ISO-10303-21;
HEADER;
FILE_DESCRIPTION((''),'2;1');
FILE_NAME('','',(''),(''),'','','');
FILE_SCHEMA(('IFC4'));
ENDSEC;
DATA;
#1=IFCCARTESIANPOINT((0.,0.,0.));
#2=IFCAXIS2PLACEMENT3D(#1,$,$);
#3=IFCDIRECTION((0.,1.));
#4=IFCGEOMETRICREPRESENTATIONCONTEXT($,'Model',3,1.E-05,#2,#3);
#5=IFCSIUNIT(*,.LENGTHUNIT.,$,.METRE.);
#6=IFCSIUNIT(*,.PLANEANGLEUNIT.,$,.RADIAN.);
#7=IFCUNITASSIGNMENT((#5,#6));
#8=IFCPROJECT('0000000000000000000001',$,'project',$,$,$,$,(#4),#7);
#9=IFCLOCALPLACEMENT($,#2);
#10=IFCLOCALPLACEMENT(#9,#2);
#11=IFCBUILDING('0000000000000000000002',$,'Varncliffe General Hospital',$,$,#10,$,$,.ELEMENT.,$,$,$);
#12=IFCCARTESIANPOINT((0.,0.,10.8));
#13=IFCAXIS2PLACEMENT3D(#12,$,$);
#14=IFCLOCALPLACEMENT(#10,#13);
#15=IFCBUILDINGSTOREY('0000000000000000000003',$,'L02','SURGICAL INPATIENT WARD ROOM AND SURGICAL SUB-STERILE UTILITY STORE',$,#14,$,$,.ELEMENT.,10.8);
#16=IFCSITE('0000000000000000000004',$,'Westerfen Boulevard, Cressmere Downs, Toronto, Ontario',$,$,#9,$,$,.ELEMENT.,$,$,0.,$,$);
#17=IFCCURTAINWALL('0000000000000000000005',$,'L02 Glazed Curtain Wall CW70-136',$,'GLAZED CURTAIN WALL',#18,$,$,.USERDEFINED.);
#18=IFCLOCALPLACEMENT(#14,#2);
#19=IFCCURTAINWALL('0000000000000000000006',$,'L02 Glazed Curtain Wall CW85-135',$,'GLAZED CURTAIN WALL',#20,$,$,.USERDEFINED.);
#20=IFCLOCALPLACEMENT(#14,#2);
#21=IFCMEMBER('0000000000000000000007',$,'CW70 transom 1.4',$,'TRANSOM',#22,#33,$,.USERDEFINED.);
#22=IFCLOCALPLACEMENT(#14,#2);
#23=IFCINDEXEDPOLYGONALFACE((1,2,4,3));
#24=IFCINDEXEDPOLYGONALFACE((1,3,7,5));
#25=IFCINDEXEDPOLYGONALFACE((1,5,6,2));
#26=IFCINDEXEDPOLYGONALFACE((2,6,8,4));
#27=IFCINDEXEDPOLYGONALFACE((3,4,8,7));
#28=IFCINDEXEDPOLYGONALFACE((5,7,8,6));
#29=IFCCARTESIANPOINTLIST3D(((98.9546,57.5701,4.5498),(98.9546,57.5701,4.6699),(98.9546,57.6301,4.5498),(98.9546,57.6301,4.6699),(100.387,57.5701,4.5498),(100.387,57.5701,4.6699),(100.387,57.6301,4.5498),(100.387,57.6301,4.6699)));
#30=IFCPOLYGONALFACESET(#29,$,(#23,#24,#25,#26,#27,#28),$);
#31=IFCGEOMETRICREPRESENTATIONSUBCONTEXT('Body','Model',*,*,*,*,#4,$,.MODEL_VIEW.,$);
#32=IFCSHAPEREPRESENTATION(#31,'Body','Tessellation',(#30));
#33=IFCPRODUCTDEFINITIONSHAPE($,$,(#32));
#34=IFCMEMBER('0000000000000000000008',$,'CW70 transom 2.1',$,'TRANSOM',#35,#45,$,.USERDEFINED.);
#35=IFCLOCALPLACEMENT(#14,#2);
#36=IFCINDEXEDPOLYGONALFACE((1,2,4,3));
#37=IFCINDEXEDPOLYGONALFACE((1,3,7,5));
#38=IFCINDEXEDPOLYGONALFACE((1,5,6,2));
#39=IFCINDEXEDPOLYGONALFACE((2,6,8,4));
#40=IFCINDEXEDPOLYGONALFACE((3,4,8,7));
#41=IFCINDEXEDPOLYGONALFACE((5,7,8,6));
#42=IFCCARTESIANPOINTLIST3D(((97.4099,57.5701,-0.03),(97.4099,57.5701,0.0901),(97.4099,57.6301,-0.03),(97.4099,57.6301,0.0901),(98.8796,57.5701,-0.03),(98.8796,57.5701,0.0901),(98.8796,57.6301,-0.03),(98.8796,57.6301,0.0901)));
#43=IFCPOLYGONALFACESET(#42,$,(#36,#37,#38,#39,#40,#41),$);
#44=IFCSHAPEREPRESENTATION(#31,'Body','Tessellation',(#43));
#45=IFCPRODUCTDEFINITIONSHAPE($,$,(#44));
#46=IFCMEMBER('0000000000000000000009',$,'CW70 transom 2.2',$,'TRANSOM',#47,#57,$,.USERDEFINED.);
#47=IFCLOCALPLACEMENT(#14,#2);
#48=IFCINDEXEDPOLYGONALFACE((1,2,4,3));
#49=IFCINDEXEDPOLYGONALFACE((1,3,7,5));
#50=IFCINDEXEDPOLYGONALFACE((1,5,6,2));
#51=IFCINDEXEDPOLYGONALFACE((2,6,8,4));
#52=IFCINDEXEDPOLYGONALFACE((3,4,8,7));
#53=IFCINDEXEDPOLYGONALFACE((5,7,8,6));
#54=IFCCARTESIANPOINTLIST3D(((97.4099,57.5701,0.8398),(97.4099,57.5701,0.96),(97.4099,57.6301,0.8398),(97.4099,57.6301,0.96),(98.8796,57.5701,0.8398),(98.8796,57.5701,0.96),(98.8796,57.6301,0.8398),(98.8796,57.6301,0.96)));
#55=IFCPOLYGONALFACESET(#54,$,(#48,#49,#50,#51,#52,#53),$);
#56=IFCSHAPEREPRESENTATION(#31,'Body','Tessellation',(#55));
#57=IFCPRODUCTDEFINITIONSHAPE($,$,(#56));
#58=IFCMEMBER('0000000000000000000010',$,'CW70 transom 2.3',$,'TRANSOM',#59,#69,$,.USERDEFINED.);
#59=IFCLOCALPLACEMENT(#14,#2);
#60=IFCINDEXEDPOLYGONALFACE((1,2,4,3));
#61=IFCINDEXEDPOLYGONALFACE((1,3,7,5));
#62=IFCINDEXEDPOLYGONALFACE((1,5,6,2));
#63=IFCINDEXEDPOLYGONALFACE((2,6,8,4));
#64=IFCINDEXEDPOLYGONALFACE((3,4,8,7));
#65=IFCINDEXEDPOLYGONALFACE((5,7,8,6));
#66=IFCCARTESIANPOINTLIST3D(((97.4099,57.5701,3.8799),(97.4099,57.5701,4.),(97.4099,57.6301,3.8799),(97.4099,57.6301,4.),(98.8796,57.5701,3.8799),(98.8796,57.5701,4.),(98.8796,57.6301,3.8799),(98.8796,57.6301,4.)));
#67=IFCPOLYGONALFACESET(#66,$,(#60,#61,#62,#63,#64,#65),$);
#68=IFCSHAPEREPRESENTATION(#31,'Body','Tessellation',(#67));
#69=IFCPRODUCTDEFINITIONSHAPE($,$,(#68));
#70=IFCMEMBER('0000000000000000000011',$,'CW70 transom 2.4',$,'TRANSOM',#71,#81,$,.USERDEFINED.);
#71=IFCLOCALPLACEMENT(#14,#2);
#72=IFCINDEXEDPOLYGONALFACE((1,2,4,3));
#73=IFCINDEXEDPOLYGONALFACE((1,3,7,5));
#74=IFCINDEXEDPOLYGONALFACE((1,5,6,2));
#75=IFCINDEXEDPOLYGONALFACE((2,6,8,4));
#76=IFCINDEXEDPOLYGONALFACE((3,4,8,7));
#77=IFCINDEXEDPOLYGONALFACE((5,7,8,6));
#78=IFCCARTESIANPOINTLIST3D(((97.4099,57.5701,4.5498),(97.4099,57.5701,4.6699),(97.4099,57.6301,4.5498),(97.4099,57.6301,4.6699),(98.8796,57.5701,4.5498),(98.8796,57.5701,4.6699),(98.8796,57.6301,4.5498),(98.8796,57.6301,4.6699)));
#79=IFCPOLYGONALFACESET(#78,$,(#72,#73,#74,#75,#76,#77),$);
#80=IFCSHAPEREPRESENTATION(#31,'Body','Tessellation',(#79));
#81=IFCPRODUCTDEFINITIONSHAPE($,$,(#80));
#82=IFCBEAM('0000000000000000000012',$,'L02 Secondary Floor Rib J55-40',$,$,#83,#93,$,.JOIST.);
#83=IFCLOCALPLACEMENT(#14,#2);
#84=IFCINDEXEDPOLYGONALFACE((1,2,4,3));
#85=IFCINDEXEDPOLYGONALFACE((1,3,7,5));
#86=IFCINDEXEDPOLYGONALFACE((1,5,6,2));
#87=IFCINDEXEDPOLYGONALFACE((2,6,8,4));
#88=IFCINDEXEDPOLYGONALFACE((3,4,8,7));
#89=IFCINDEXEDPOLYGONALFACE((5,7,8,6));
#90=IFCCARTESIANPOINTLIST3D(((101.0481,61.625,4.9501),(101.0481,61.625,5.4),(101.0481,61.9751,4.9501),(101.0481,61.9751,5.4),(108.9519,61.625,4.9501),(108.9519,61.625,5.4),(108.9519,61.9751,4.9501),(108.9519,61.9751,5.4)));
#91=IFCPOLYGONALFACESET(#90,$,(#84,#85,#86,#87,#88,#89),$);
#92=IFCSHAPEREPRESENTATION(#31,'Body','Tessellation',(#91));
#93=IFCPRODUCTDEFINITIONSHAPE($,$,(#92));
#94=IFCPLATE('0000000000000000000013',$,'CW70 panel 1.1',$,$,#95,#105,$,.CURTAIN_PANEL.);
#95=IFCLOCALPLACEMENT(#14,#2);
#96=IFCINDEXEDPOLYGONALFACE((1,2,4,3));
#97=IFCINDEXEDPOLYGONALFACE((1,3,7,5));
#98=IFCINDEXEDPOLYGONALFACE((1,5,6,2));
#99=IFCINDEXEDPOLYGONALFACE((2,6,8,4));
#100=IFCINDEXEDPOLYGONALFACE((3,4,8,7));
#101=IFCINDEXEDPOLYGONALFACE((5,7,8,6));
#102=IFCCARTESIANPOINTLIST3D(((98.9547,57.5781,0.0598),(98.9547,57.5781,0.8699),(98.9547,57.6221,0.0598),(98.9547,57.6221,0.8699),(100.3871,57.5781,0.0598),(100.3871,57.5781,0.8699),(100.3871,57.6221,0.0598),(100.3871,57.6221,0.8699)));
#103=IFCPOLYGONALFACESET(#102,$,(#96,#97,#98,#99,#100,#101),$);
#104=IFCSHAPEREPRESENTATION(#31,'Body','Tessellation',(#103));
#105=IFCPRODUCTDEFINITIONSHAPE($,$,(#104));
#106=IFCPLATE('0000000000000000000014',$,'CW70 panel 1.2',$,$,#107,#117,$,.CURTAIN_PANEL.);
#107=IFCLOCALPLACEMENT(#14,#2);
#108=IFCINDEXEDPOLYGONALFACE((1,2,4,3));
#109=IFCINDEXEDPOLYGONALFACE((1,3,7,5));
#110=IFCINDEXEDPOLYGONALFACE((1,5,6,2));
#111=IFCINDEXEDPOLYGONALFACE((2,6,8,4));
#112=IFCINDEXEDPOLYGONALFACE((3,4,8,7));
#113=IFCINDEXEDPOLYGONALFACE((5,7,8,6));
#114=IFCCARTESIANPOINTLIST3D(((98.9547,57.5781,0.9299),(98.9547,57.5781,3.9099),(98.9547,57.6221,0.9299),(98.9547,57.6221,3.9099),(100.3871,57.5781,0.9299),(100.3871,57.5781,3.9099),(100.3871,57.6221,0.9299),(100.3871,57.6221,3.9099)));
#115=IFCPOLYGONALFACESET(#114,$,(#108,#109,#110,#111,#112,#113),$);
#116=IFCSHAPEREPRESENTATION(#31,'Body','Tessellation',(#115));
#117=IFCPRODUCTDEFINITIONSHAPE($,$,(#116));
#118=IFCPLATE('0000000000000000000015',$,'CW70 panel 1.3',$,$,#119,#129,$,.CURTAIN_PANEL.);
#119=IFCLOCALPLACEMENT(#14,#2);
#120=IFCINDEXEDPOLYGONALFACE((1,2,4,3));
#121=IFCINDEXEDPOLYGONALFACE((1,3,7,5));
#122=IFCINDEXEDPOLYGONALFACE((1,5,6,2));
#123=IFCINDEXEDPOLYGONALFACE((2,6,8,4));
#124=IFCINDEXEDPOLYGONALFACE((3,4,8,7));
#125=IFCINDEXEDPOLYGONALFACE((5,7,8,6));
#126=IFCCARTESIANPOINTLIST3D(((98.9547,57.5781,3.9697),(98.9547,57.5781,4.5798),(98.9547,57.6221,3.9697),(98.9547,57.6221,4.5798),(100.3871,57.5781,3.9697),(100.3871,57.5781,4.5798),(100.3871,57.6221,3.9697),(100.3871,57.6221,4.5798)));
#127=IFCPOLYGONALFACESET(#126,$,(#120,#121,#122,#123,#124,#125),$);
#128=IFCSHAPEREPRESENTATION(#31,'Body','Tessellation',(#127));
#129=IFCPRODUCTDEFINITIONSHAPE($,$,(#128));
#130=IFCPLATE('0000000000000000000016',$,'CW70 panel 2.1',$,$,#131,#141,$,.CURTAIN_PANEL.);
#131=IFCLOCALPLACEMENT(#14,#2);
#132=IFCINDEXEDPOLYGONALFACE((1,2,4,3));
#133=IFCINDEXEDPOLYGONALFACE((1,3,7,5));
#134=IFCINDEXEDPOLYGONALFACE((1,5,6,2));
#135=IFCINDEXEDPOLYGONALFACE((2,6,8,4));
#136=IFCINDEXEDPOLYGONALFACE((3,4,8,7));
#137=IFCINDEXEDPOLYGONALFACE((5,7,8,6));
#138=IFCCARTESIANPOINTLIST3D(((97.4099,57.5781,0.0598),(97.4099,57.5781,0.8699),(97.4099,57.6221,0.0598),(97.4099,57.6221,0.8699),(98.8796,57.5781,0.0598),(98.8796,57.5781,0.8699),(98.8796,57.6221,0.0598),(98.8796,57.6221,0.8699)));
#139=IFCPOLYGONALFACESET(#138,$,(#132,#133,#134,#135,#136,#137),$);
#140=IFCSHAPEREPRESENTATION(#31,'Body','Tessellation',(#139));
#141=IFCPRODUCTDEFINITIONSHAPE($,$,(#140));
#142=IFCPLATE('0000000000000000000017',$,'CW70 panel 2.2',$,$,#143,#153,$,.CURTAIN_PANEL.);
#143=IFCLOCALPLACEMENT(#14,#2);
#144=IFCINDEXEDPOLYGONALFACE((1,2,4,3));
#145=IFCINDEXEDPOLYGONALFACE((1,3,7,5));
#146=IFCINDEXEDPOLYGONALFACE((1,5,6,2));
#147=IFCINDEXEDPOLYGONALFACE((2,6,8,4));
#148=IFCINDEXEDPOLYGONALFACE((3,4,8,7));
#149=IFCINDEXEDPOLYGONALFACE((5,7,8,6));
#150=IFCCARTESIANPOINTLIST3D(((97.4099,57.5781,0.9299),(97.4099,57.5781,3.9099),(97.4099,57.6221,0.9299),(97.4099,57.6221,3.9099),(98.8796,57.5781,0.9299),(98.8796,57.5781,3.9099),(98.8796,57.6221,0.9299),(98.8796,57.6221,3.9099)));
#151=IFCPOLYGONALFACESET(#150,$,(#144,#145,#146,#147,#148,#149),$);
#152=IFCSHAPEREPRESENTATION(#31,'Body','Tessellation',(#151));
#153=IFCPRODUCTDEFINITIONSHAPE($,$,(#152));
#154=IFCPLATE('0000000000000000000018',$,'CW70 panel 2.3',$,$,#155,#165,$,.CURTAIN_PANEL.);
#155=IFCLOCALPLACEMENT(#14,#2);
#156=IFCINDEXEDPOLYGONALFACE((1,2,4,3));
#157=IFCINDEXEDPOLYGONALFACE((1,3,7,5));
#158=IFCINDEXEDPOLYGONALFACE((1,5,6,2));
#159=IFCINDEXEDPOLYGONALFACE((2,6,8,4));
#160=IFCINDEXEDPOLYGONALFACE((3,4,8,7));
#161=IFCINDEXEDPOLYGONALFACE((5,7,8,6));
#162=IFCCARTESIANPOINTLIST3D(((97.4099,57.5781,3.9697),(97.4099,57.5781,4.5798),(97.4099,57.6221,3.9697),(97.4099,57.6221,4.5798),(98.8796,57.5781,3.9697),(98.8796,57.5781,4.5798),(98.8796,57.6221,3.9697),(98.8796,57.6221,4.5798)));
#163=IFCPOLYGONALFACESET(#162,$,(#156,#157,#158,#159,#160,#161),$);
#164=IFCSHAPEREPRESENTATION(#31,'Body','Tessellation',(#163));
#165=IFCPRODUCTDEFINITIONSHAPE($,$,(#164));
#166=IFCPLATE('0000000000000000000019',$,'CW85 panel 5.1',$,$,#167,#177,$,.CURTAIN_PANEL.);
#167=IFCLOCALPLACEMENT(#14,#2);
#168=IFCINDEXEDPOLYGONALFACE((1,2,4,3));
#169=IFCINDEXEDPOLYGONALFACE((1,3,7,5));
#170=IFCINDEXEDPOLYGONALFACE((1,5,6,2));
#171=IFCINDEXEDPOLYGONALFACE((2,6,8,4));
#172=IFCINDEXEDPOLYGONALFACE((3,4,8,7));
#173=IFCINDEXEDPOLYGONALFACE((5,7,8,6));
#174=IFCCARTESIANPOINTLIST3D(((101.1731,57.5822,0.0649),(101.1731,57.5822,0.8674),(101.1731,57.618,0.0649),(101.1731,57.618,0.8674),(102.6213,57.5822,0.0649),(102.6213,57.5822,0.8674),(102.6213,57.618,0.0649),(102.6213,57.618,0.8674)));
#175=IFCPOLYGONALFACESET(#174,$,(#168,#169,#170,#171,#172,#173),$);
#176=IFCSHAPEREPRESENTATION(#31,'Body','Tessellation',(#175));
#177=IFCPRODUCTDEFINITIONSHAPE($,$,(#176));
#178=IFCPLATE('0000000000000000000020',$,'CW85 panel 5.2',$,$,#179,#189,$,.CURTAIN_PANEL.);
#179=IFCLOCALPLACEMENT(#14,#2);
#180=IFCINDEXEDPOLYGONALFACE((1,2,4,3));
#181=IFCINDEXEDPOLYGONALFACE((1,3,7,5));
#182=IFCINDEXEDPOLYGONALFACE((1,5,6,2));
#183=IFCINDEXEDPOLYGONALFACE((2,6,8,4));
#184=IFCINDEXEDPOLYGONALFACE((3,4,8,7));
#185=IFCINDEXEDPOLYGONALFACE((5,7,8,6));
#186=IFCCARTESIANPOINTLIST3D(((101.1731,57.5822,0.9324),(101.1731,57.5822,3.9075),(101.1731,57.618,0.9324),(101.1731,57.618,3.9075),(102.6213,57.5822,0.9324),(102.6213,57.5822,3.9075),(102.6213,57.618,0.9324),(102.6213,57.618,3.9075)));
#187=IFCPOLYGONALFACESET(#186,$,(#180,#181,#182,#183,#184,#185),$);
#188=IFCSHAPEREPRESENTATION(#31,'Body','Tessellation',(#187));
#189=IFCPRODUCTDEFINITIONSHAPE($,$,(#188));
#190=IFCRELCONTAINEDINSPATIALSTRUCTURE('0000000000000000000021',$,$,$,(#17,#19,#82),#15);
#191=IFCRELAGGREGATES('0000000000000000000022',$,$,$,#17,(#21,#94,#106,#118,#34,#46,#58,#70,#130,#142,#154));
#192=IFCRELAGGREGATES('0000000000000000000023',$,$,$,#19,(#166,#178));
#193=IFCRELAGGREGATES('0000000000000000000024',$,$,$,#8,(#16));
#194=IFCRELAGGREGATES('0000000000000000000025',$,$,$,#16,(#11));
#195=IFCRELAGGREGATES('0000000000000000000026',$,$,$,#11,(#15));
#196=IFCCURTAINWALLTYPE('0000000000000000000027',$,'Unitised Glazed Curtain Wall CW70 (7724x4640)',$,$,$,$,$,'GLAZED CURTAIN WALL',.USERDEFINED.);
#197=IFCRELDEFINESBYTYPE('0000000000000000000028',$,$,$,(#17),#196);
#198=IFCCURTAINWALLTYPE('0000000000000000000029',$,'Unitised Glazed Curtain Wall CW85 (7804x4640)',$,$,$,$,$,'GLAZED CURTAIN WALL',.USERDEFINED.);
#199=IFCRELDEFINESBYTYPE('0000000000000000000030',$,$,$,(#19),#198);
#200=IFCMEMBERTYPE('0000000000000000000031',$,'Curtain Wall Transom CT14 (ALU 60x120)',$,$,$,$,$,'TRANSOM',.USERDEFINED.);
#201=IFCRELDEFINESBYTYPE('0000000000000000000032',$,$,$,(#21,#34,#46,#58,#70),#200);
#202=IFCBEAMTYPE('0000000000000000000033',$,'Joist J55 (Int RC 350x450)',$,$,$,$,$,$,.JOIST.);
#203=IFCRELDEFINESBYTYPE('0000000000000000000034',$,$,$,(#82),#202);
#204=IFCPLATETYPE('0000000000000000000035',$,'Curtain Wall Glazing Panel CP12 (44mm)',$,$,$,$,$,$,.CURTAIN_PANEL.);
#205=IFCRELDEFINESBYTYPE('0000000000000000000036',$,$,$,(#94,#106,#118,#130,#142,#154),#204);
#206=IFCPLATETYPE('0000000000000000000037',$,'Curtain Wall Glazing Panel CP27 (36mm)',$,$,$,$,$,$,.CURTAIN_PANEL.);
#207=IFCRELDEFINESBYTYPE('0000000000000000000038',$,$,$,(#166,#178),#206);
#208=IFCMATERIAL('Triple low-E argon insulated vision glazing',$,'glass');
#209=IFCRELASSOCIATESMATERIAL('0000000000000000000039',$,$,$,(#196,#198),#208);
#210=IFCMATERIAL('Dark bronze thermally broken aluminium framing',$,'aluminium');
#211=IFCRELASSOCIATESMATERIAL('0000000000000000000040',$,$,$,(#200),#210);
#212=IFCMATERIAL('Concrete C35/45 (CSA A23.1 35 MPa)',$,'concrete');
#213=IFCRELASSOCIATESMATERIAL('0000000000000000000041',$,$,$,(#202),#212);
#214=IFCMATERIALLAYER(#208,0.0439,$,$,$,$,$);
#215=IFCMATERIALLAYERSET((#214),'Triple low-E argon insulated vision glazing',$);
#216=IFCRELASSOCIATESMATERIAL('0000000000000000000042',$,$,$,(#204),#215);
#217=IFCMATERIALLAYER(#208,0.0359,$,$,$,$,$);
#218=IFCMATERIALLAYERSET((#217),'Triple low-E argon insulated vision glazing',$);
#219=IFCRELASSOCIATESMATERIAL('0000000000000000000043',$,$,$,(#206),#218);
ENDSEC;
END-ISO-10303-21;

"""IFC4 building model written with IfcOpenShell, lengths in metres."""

from ifc_helpers import new_model, si_unit, direction, frame, origin, origin_2d, place, context, subcontext, project, spatial, rectangle, extrude, material, layer, layer_set, material_profile, profile_set, type_object, element, aggregate, save


model = new_model("IFC4")

# Units and contexts
model_context = context("Model", 3, precision=1e-05, world=origin(), true_north=direction((0.0, 1.0)))
body_context = subcontext(model_context, "Body", "Model", "MODEL_VIEW")
ifc_project = project(units=[si_unit("LENGTHUNIT", "METRE"), si_unit("PLANEANGLEUNIT", "RADIAN")], contexts=[model_context])

# Site, building, storey
site_placement = place(None, origin())
site = spatial("IfcSite", under=ifc_project, at=site_placement, Name="Westerfen Boulevard, Cressmere Downs, Toronto, Ontario", CompositionType="ELEMENT", RefElevation=0.0)
building_placement = place(site_placement, origin())
building = spatial("IfcBuilding", under=site, at=building_placement, Name="Varncliffe General Hospital", CompositionType="ELEMENT")
storey_placement = place(building_placement, frame((0.0, 0.0, 10.8)))
storey = spatial("IfcBuildingStorey", under=building, at=storey_placement, Name="L02", Description="SURGICAL INPATIENT WARD ROOM AND SURGICAL SUB-STERILE UTILITY STORE", CompositionType="ELEMENT", Elevation=10.8)

# Shared definitions
ifc_material_1 = material(Name="Concrete C35/45 (CSA A23.1 35 MPa)", Category="concrete")

# Curtain wall
ifc_material_2 = material(Name="Triple low-E argon insulated vision glazing", Category="glass")
curtain_wall_type_1 = type_object("IfcCurtainWallType", Name="Unitised Glazed Curtain Wall CW70 (7724x4640)", ElementType="GLAZED CURTAIN WALL", PredefinedType="USERDEFINED", material=ifc_material_2)
curtain_wall_1_placement = place(storey_placement, origin())
curtain_wall_1 = element("IfcCurtainWall", 1, at=curtain_wall_1_placement, inside=storey, type_object=curtain_wall_type_1, Name="L02 Glazed Curtain Wall CW70-136", ObjectType="GLAZED CURTAIN WALL", PredefinedType="USERDEFINED")
ifc_material_3 = material(Name="Dark bronze thermally broken aluminium framing", Category="aluminium")

# Curtain wall
curtain_wall_type_2 = type_object("IfcCurtainWallType", Name="Unitised Glazed Curtain Wall CW85 (7804x4640)", ElementType="GLAZED CURTAIN WALL", PredefinedType="USERDEFINED", material=ifc_material_2)
curtain_wall_2_placement = place(storey_placement, origin())
curtain_wall_2 = element("IfcCurtainWall", 2, at=curtain_wall_2_placement, inside=storey, type_object=curtain_wall_type_2, Name="L02 Glazed Curtain Wall CW85-135", ObjectType="GLAZED CURTAIN WALL", PredefinedType="USERDEFINED")

# Members
ifc_material_profile_1 = material_profile(ifc_material_3, rectangle(XDim=0.0601, YDim=0.1201, at=origin_2d()), Name="ALU 60x120")
ifc_profile_set_1 = profile_set([ifc_material_profile_1], Name="Dark bronze thermally broken aluminium framing")
member_type_1 = type_object("IfcMemberType", Name="Curtain Wall Transom CT14 (ALU 60x120)", ElementType="TRANSOM", PredefinedType="USERDEFINED", material=ifc_profile_set_1)
member_1_placement = place(storey_placement, frame((100.387, 57.6001, 4.6099), z_axis=(-1.0, 0.0, 0.0), x_axis=(0.0, -1.0, 0.0)))
member_1 = element("IfcMember", 3, at=member_1_placement, type_object=member_type_1, Name="CW70 transom 1.4", ObjectType="TRANSOM", PredefinedType="USERDEFINED", context=body_context, shape_type="SweptSolid", body=[
    extrude(rectangle(XDim=0.0601, YDim=0.1201, at=origin_2d()), origin(), (0.0, 0.0, 1.0), 1.4324),
])
member_2_placement = place(storey_placement, frame((98.8796, 57.6001, 0.03), z_axis=(-1.0, 0.0, 0.0), x_axis=(0.0, -1.0, 0.0)))
member_2 = element("IfcMember", 4, at=member_2_placement, type_object=member_type_1, Name="CW70 transom 2.1", ObjectType="TRANSOM", PredefinedType="USERDEFINED", context=body_context, shape_type="SweptSolid", body=[
    extrude(rectangle(XDim=0.0601, YDim=0.1201, at=origin_2d()), origin(), (0.0, 0.0, 1.0), 1.4697),
])
member_3_placement = place(storey_placement, frame((98.8796, 57.6001, 0.8999), z_axis=(-1.0, 0.0, 0.0), x_axis=(0.0, -1.0, 0.0)))
member_3 = element("IfcMember", 5, at=member_3_placement, type_object=member_type_1, Name="CW70 transom 2.2", ObjectType="TRANSOM", PredefinedType="USERDEFINED", context=body_context, shape_type="SweptSolid", body=[
    extrude(rectangle(XDim=0.0601, YDim=0.1201, at=origin_2d()), origin(), (0.0, 0.0, 1.0), 1.4697),
])
member_4_placement = place(storey_placement, frame((98.8796, 57.6001, 3.9399), z_axis=(-1.0, 0.0, 0.0), x_axis=(0.0, -1.0, 0.0)))
member_4 = element("IfcMember", 6, at=member_4_placement, type_object=member_type_1, Name="CW70 transom 2.3", ObjectType="TRANSOM", PredefinedType="USERDEFINED", context=body_context, shape_type="SweptSolid", body=[
    extrude(rectangle(XDim=0.0601, YDim=0.1201, at=origin_2d()), origin(), (0.0, 0.0, 1.0), 1.4697),
])
member_5_placement = place(storey_placement, frame((98.8796, 57.6001, 4.6099), z_axis=(-1.0, 0.0, 0.0), x_axis=(0.0, -1.0, 0.0)))
member_5 = element("IfcMember", 7, at=member_5_placement, type_object=member_type_1, Name="CW70 transom 2.4", ObjectType="TRANSOM", PredefinedType="USERDEFINED", context=body_context, shape_type="SweptSolid", body=[
    extrude(rectangle(XDim=0.0601, YDim=0.1201, at=origin_2d()), origin(), (0.0, 0.0, 1.0), 1.4697),
])

# Beam
ifc_material_profile_2 = material_profile(ifc_material_1, rectangle(XDim=0.3501, YDim=0.45, at=origin_2d()), Name="RC 350x450")
ifc_profile_set_2 = profile_set([ifc_material_profile_2], Name="Concrete C35/45 (CSA A23.1 35 MPa)")
beam_type_1 = type_object("IfcBeamType", Name="Joist J55 (Int RC 350x450)", PredefinedType="JOIST", material=ifc_profile_set_2)
beam_placement = place(storey_placement, frame((101.0481, 61.8, 5.175), z_axis=(1.0, 0.0, 0.0), x_axis=(0.0, 1.0, 0.0)))
element("IfcBeam", 8, at=beam_placement, inside=storey, type_object=beam_type_1, Name="L02 Secondary Floor Rib J55-40", PredefinedType="JOIST", context=body_context, shape_type="SweptSolid", body=[
    extrude(rectangle(XDim=0.3501, YDim=0.45, at=origin_2d()), origin(), (0.0, 0.0, 1.0), 7.9038),
])

# Plates
ifc_layer_1 = layer(ifc_material_2, 0.0439)
ifc_layer_set_1 = layer_set([ifc_layer_1], Name="Triple low-E argon insulated vision glazing")
plate_type_1 = type_object("IfcPlateType", Name="Curtain Wall Glazing Panel CP12 (44mm)", PredefinedType="CURTAIN_PANEL", material=ifc_layer_set_1)
plate_1_placement = place(storey_placement, frame((99.6709, 57.6001, 0.0598), z_axis=(0.0, 0.0, 1.0), x_axis=(-1.0, 0.0, 0.0)))
plate_1 = element("IfcPlate", 9, at=plate_1_placement, type_object=plate_type_1, Name="CW70 panel 1.1", PredefinedType="CURTAIN_PANEL", context=body_context, shape_type="SweptSolid", body=[
    extrude(rectangle(XDim=1.4324, YDim=0.0439, at=origin_2d()), origin(), (0.0, 0.0, 1.0), 0.8101),
])
plate_2_placement = place(storey_placement, frame((99.6709, 57.6001, 0.9299), z_axis=(0.0, 0.0, 1.0), x_axis=(-1.0, 0.0, 0.0)))
plate_2 = element("IfcPlate", 10, at=plate_2_placement, type_object=plate_type_1, Name="CW70 panel 1.2", PredefinedType="CURTAIN_PANEL", context=body_context, shape_type="SweptSolid", body=[
    extrude(rectangle(XDim=1.4324, YDim=0.0439, at=origin_2d()), origin(), (0.0, 0.0, 1.0), 2.98),
])
plate_3_placement = place(storey_placement, frame((99.6709, 57.6001, 3.9697), z_axis=(0.0, 0.0, 1.0), x_axis=(-1.0, 0.0, 0.0)))
plate_3 = element("IfcPlate", 11, at=plate_3_placement, type_object=plate_type_1, Name="CW70 panel 1.3", PredefinedType="CURTAIN_PANEL", context=body_context, shape_type="SweptSolid", body=[
    extrude(rectangle(XDim=1.4324, YDim=0.0439, at=origin_2d()), origin(), (0.0, 0.0, 1.0), 0.6101),
])
plate_4_placement = place(storey_placement, frame((98.1448, 57.6001, 0.0598), z_axis=(0.0, 0.0, 1.0), x_axis=(-1.0, 0.0, 0.0)))
plate_4 = element("IfcPlate", 12, at=plate_4_placement, type_object=plate_type_1, Name="CW70 panel 2.1", PredefinedType="CURTAIN_PANEL", context=body_context, shape_type="SweptSolid", body=[
    extrude(rectangle(XDim=1.4697, YDim=0.0439, at=origin_2d()), origin(), (0.0, 0.0, 1.0), 0.8101),
])
plate_5_placement = place(storey_placement, frame((98.1448, 57.6001, 0.9299), z_axis=(0.0, 0.0, 1.0), x_axis=(-1.0, 0.0, 0.0)))
plate_5 = element("IfcPlate", 13, at=plate_5_placement, type_object=plate_type_1, Name="CW70 panel 2.2", PredefinedType="CURTAIN_PANEL", context=body_context, shape_type="SweptSolid", body=[
    extrude(rectangle(XDim=1.4697, YDim=0.0439, at=origin_2d()), origin(), (0.0, 0.0, 1.0), 2.98),
])
plate_6_placement = place(storey_placement, frame((98.1448, 57.6001, 3.9697), z_axis=(0.0, 0.0, 1.0), x_axis=(-1.0, 0.0, 0.0)))
plate_6 = element("IfcPlate", 14, at=plate_6_placement, type_object=plate_type_1, Name="CW70 panel 2.3", PredefinedType="CURTAIN_PANEL", context=body_context, shape_type="SweptSolid", body=[
    extrude(rectangle(XDim=1.4697, YDim=0.0439, at=origin_2d()), origin(), (0.0, 0.0, 1.0), 0.6101),
])
aggregate(curtain_wall_1, [member_1, plate_1, plate_2, plate_3, member_2, member_3, member_4, member_5, plate_4, plate_5, plate_6])
ifc_layer_2 = layer(ifc_material_2, 0.0359)
ifc_layer_set_2 = layer_set([ifc_layer_2], Name="Triple low-E argon insulated vision glazing")
plate_type_2 = type_object("IfcPlateType", Name="Curtain Wall Glazing Panel CP27 (36mm)", PredefinedType="CURTAIN_PANEL", material=ifc_layer_set_2)
plate_7_placement = place(storey_placement, frame((101.8972, 57.6001, 0.0649), z_axis=(0.0, 0.0, 1.0), x_axis=(-1.0, 0.0, 0.0)))
plate_7 = element("IfcPlate", 15, at=plate_7_placement, type_object=plate_type_2, Name="CW85 panel 5.1", PredefinedType="CURTAIN_PANEL", context=body_context, shape_type="SweptSolid", body=[
    extrude(rectangle(XDim=1.4482, YDim=0.0359, at=origin_2d()), origin(), (0.0, 0.0, 1.0), 0.8025),
])
plate_8_placement = place(storey_placement, frame((101.8972, 57.6001, 0.9324), z_axis=(0.0, 0.0, 1.0), x_axis=(-1.0, 0.0, 0.0)))
plate_8 = element("IfcPlate", 16, at=plate_8_placement, type_object=plate_type_2, Name="CW85 panel 5.2", PredefinedType="CURTAIN_PANEL", context=body_context, shape_type="SweptSolid", body=[
    extrude(rectangle(XDim=1.4482, YDim=0.0359, at=origin_2d()), origin(), (0.0, 0.0, 1.0), 2.9751),
])
aggregate(curtain_wall_2, [plate_7, plate_8])

save(model, "model.ifc")
